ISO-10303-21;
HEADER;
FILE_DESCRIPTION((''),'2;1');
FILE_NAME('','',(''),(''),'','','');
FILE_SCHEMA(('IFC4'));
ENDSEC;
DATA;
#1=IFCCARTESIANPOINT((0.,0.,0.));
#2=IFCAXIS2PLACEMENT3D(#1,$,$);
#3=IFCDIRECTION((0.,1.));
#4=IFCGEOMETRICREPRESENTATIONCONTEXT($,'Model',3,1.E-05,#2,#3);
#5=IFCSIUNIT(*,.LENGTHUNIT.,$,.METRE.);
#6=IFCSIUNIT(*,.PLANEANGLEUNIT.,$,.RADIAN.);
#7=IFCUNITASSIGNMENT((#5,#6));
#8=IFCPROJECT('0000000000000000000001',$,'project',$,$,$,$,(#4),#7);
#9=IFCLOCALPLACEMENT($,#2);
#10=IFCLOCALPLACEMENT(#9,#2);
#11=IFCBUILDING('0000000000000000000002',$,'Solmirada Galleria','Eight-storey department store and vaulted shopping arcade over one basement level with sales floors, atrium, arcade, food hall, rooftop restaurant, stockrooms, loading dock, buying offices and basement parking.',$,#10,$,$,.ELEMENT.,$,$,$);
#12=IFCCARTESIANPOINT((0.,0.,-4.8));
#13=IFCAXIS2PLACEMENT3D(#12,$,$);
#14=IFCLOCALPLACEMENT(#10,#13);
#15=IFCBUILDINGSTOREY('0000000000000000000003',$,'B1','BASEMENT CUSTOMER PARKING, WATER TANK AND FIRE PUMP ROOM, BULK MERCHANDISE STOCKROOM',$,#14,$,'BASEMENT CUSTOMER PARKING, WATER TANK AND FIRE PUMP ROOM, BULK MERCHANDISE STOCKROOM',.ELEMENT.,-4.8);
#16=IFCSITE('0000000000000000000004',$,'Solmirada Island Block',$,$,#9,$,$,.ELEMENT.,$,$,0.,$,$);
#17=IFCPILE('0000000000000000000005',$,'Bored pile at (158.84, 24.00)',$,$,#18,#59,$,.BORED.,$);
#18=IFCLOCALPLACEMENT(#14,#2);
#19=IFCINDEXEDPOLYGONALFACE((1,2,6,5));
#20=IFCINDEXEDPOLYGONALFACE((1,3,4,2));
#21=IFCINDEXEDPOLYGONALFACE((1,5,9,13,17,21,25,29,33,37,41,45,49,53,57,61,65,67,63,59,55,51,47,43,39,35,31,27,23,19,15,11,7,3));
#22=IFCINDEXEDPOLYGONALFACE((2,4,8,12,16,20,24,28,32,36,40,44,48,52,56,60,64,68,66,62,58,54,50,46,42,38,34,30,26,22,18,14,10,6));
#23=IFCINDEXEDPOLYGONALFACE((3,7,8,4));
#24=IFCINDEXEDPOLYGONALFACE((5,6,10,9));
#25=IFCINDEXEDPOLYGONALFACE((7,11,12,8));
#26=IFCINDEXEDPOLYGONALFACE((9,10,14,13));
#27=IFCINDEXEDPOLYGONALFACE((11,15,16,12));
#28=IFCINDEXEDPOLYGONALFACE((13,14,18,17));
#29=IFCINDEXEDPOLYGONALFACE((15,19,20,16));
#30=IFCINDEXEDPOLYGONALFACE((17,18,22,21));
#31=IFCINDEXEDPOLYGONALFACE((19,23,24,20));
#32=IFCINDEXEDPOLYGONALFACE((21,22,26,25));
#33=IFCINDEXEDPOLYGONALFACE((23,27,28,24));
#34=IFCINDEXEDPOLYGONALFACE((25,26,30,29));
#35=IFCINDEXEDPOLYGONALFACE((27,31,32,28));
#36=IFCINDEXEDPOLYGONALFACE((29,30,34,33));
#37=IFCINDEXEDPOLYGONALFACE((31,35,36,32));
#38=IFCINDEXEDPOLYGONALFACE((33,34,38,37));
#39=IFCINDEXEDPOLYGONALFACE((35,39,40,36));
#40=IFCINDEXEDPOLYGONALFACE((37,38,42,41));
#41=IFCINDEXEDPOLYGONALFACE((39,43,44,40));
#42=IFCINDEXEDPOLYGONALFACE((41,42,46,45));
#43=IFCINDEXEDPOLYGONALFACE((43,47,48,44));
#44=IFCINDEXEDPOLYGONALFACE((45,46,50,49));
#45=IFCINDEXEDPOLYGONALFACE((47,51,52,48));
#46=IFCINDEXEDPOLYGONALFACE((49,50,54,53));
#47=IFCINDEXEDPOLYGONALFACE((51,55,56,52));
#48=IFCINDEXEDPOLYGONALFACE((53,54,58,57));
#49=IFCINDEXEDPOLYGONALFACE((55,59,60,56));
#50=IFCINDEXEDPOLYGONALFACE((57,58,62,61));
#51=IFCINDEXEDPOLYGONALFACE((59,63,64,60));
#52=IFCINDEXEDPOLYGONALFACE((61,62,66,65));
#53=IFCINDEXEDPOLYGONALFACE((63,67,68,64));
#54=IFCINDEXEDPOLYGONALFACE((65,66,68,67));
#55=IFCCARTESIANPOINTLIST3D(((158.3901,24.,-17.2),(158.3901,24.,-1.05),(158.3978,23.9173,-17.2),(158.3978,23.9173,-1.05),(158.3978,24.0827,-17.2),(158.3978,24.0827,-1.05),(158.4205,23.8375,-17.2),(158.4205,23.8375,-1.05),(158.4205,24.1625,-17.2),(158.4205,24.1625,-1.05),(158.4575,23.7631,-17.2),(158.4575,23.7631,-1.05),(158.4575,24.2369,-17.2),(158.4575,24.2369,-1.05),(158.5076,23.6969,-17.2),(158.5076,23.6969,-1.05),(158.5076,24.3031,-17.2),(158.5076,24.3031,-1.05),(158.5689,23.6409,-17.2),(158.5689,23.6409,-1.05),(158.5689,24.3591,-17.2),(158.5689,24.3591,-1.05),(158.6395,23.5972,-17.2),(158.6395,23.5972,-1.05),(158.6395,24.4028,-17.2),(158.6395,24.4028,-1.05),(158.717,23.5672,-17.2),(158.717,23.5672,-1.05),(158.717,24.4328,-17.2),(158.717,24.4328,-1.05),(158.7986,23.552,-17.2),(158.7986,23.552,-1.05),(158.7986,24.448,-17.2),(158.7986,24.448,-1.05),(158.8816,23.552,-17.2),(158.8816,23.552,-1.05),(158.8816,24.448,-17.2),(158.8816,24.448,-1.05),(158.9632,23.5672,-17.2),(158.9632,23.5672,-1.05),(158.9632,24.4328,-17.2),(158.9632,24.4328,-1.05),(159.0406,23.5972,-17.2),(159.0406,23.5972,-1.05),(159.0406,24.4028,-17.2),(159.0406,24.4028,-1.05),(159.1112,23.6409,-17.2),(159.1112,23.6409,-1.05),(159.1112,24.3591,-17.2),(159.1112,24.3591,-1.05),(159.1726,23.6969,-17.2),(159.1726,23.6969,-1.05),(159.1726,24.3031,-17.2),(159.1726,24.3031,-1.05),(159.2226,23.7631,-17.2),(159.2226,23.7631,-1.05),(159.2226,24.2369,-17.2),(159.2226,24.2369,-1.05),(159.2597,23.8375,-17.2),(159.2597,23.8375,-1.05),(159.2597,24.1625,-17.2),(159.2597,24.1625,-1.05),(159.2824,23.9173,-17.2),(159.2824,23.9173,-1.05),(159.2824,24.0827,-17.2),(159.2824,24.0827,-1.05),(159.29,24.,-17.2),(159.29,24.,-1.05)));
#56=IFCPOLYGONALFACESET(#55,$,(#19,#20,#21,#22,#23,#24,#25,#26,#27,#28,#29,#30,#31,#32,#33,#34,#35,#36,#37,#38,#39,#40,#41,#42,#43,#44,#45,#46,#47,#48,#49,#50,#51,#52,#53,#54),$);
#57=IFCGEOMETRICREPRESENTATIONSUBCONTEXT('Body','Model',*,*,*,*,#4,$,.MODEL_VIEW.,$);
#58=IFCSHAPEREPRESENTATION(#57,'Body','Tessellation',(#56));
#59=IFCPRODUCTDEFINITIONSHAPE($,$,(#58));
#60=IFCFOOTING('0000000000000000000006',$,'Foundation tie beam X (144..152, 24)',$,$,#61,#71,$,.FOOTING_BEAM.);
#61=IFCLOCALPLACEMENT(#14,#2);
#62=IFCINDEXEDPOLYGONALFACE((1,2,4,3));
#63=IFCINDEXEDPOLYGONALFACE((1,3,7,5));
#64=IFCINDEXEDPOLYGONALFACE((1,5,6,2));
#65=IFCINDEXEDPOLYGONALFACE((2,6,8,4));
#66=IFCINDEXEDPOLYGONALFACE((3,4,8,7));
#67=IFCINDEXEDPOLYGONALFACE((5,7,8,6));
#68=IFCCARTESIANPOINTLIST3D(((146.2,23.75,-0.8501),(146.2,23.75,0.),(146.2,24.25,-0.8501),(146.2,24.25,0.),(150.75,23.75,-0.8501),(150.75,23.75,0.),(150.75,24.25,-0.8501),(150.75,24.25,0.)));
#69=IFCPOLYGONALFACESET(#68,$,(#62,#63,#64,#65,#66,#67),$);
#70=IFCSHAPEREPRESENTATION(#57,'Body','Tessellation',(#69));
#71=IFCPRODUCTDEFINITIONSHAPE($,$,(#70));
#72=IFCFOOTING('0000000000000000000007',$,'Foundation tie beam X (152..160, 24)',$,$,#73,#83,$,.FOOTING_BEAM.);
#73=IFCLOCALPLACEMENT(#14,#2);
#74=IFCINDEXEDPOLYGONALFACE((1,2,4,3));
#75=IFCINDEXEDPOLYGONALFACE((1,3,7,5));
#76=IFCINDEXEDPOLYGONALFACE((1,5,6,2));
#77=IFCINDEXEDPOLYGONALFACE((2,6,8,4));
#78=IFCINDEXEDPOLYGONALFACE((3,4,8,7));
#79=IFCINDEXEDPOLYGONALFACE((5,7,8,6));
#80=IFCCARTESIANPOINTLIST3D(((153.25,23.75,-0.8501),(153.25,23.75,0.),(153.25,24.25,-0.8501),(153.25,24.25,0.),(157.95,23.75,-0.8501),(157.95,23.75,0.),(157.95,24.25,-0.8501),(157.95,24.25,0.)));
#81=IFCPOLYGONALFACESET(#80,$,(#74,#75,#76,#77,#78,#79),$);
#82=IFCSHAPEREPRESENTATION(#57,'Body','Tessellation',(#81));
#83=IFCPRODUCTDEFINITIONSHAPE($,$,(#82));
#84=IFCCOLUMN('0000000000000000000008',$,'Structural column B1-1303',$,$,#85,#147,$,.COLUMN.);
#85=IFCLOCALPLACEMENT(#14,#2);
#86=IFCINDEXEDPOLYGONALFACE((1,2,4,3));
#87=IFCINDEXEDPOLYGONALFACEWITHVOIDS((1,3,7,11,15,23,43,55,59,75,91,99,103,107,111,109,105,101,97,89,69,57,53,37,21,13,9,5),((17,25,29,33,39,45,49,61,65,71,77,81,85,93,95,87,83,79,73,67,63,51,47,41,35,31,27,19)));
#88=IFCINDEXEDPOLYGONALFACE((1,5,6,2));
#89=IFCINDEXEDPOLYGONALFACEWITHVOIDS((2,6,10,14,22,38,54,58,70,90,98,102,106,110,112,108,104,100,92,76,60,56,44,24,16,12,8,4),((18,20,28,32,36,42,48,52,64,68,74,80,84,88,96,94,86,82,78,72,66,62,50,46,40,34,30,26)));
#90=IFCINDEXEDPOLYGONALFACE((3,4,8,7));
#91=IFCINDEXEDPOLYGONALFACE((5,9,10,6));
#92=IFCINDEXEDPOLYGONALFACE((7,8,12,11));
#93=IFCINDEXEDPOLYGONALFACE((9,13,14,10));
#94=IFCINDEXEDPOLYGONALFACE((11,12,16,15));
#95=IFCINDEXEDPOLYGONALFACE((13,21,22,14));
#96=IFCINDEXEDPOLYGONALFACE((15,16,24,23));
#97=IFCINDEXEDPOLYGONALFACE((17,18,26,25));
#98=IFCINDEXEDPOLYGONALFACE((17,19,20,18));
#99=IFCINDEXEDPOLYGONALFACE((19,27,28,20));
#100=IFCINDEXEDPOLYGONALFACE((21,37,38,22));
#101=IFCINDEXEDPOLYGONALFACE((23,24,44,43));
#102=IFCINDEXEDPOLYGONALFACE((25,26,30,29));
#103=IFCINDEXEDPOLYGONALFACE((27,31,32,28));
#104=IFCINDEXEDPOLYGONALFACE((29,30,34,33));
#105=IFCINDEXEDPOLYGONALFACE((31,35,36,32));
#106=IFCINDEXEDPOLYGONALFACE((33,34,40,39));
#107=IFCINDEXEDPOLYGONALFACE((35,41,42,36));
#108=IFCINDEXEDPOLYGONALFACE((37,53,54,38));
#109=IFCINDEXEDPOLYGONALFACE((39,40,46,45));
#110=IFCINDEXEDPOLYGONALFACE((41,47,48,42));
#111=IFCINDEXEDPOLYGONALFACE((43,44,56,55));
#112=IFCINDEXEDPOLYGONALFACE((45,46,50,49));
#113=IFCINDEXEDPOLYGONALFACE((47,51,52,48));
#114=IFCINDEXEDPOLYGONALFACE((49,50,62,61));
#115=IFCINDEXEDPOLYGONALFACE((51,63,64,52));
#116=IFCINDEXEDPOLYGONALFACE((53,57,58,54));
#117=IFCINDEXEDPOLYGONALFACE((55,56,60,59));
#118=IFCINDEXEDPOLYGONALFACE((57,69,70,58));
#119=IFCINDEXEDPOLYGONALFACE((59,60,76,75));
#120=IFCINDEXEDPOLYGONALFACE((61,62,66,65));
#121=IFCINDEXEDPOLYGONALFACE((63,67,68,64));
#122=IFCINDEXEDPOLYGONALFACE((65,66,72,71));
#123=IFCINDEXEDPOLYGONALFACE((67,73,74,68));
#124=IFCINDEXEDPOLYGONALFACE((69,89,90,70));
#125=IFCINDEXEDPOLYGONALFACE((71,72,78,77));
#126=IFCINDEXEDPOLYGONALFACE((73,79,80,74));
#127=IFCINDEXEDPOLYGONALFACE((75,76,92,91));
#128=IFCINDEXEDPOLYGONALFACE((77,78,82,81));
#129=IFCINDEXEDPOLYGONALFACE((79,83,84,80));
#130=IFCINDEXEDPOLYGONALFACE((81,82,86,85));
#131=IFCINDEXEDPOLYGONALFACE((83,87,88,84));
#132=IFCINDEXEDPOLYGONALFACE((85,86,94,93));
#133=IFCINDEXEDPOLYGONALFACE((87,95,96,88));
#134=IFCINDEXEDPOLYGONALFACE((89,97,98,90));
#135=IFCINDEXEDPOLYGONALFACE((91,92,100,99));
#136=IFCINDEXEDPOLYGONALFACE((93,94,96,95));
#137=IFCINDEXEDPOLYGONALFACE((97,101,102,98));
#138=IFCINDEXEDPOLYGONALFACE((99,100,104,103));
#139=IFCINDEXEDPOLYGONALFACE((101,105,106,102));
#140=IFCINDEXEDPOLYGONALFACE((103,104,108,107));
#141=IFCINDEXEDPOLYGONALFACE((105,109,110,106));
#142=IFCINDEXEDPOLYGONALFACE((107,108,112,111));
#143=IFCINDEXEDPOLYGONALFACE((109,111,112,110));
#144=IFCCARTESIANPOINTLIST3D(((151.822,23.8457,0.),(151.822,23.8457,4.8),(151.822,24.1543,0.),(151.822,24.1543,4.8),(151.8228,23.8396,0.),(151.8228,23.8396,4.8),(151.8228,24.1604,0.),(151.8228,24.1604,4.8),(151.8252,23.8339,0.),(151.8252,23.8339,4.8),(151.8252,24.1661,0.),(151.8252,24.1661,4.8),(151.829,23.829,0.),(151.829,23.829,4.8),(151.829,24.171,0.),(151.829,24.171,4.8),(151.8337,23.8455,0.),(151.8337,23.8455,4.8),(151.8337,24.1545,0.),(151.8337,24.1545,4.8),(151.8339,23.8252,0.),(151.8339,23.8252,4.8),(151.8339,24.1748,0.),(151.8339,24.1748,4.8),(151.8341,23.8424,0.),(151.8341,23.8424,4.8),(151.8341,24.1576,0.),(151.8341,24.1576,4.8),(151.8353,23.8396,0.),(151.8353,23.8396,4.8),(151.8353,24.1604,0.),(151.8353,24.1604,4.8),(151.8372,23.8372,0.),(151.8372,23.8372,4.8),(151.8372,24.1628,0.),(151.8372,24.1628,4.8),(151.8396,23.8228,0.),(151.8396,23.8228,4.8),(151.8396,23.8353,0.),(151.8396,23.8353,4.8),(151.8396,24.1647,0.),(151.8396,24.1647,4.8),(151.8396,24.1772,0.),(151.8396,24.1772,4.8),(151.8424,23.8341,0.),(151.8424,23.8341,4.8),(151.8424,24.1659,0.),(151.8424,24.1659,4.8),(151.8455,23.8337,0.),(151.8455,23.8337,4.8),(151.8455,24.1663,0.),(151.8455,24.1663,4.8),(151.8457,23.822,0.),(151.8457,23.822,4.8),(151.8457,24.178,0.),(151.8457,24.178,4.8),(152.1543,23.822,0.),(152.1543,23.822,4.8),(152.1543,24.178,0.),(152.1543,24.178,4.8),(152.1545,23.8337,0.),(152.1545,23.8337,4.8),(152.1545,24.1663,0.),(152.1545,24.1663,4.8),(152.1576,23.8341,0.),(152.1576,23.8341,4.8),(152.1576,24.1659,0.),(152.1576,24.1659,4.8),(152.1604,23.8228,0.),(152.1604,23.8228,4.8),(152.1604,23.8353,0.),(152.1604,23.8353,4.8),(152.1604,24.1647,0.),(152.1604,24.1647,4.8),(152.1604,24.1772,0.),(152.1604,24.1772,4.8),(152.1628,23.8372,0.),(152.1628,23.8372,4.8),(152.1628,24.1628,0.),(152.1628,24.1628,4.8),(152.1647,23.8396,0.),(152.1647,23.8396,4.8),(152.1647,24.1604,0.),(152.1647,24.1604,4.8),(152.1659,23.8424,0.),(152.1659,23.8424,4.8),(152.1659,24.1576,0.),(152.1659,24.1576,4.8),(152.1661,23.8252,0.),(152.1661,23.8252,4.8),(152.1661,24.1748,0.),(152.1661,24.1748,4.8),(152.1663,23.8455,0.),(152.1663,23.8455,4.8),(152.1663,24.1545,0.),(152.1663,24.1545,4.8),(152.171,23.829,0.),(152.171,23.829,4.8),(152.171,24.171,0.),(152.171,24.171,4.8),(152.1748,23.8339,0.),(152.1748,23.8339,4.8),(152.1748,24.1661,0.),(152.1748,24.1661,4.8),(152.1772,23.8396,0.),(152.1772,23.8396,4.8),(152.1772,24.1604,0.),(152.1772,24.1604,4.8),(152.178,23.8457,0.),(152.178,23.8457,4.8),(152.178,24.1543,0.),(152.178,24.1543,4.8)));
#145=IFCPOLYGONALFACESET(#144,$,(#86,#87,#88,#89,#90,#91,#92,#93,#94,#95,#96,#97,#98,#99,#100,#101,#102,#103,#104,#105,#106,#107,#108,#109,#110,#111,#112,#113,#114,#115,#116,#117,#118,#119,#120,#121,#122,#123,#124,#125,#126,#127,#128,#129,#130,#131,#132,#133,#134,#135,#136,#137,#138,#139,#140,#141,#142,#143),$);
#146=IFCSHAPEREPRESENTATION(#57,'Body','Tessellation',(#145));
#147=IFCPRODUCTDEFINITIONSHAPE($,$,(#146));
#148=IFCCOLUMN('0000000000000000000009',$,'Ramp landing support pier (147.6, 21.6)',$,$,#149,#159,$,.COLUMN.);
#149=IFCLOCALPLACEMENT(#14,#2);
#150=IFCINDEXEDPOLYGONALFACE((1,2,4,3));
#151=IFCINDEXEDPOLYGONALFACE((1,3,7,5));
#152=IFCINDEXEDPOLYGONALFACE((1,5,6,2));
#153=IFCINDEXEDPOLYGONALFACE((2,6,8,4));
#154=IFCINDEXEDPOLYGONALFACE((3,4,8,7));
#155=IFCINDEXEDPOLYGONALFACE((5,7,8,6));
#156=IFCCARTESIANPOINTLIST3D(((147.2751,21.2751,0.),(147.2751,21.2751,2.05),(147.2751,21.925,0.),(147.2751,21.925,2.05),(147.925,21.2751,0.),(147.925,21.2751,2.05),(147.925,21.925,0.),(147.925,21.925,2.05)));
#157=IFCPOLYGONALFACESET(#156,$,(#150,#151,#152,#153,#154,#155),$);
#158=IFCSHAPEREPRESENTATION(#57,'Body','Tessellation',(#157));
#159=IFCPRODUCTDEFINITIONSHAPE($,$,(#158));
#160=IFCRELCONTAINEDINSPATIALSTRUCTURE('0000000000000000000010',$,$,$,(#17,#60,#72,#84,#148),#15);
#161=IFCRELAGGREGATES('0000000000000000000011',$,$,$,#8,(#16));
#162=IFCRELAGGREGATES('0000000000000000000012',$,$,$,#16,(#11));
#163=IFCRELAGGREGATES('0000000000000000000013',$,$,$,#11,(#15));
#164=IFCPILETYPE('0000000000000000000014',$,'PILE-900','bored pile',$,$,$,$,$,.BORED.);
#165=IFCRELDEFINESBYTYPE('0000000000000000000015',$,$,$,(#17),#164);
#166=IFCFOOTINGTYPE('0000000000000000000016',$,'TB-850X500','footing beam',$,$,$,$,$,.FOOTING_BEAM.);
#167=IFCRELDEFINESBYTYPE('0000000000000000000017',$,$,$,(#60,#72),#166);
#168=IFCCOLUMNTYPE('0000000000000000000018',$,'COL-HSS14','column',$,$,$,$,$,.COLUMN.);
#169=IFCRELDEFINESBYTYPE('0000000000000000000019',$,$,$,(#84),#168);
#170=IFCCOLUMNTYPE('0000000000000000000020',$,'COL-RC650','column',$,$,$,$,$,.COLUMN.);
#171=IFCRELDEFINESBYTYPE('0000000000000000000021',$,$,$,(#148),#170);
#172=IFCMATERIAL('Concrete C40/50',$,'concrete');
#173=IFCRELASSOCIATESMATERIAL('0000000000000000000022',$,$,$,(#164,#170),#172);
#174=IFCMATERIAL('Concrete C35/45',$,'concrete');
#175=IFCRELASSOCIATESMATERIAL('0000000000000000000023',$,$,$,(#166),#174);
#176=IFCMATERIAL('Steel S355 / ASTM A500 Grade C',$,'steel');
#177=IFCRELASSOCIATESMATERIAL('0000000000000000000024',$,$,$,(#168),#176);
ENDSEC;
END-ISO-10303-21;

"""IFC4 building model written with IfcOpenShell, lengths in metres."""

from ifc_helpers import new_model, si_unit, direction, frame, origin, origin_2d, place, context, subcontext, project, spatial, rectangle, hollow_rectangle, circle, extrude, material, material_profile, profile_set, type_object, element, save


model = new_model("IFC4")

# Units and contexts
model_context = context("Model", 3, precision=1e-05, world=origin(), true_north=direction((0.0, 1.0)))
body_context = subcontext(model_context, "Body", "Model", "MODEL_VIEW")
ifc_project = project(units=[si_unit("LENGTHUNIT", "METRE"), si_unit("PLANEANGLEUNIT", "RADIAN")], contexts=[model_context])

# Site, building, storey
site_placement = place(None, origin())
site = spatial("IfcSite", under=ifc_project, at=site_placement, Name="Solmirada Island Block", CompositionType="ELEMENT", RefElevation=0.0)
building_placement = place(site_placement, origin())
building = spatial("IfcBuilding", under=site, at=building_placement, Name="Solmirada Galleria", Description="Eight-storey department store and vaulted shopping arcade over one basement level with sales floors, atrium, arcade, food hall, rooftop restaurant, stockrooms, loading dock, buying offices and basement parking.", CompositionType="ELEMENT")
storey_placement = place(building_placement, frame((0.0, 0.0, -4.8)))
storey = spatial("IfcBuildingStorey", under=building, at=storey_placement, Name="B1", Description="BASEMENT CUSTOMER PARKING, WATER TANK AND FIRE PUMP ROOM, BULK MERCHANDISE STOCKROOM", LongName="BASEMENT CUSTOMER PARKING, WATER TANK AND FIRE PUMP ROOM, BULK MERCHANDISE STOCKROOM", CompositionType="ELEMENT", Elevation=-4.8)

# Shared definitions
ifc_material_1 = material(Name="Concrete C35/45", Category="concrete")

# Pile
ifc_material_2 = material(Name="Concrete C40/50", Category="concrete")
ifc_material_profile_1 = material_profile(ifc_material_2, circle(Radius=0.45, at=origin_2d()), Name="PILE900")
ifc_profile_set_1 = profile_set([ifc_material_profile_1], Name="Concrete C40/50")
pile_type = type_object("IfcPileType", Name="PILE-900", Description="bored pile", PredefinedType="BORED", material=ifc_profile_set_1)
pile_1_placement = place(storey_placement, frame((158.8401, 24.0, -1.05), z_axis=(0.0, 0.0, -1.0), x_axis=(1.0, 0.0, 0.0)))
element("IfcPile", 1, at=pile_1_placement, inside=storey, type_object=pile_type, Name="Bored pile at (158.84, 24.00)", PredefinedType="BORED", context=body_context, shape_type="SweptSolid", body=[
    extrude(circle(Radius=0.45, at=origin_2d()), origin(), (0.0, 0.0, 1.0), 16.1499),
])

# Footings
ifc_material_profile_2 = material_profile(ifc_material_1, rectangle(XDim=0.5, YDim=0.8501, at=origin_2d()), Name="RC850X500")
ifc_profile_set_2 = profile_set([ifc_material_profile_2], Name="Concrete C35/45")
footing_type_1 = type_object("IfcFootingType", Name="TB-850X500", Description="footing beam", PredefinedType="FOOTING_BEAM", material=ifc_profile_set_2)
footing_1_placement = place(storey_placement, frame((146.2, 24.0, -0.425), z_axis=(1.0, 0.0, 0.0), x_axis=(0.0, 1.0, 0.0)))
element("IfcFooting", 2, at=footing_1_placement, inside=storey, type_object=footing_type_1, Name="Foundation tie beam X (144..152, 24)", PredefinedType="FOOTING_BEAM", context=body_context, shape_type="SweptSolid", body=[
    extrude(rectangle(XDim=0.5, YDim=0.8501, at=origin_2d()), origin(), (0.0, 0.0, 1.0), 4.55),
])
footing_2_placement = place(storey_placement, frame((153.25, 24.0, -0.425), z_axis=(1.0, 0.0, 0.0), x_axis=(0.0, 1.0, 0.0)))
element("IfcFooting", 3, at=footing_2_placement, inside=storey, type_object=footing_type_1, Name="Foundation tie beam X (152..160, 24)", PredefinedType="FOOTING_BEAM", context=body_context, shape_type="SweptSolid", body=[
    extrude(rectangle(XDim=0.5, YDim=0.8501, at=origin_2d()), origin(), (0.0, 0.0, 1.0), 4.7),
])

# Columns
ifc_material_3 = material(Name="Steel S355 / ASTM A500 Grade C", Category="steel")
ifc_material_profile_3 = material_profile(ifc_material_3, hollow_rectangle(XDim=0.356, YDim=0.356, WallThickness=0.0117, InnerFilletRadius=0.0117, OuterFilletRadius=0.0237, at=origin_2d()), Name="HSS14X14X1/2")
ifc_profile_set_3 = profile_set([ifc_material_profile_3], Name="Steel S355 / ASTM A500 Grade C")
column_type_1 = type_object("IfcColumnType", Name="COL-HSS14", Description="column", PredefinedType="COLUMN", material=ifc_profile_set_3)
column_1_placement = place(storey_placement, frame((152.0, 24.0, 0.0), z_axis=(0.0, 0.0, 1.0), x_axis=(1.0, 0.0, 0.0)))
element("IfcColumn", 4, at=column_1_placement, inside=storey, type_object=column_type_1, Name="Structural column B1-1303", PredefinedType="COLUMN", context=body_context, shape_type="SweptSolid", body=[
    extrude(hollow_rectangle(XDim=0.356, YDim=0.356, WallThickness=0.0117, InnerFilletRadius=0.0117, OuterFilletRadius=0.0237, at=origin_2d()), origin(), (0.0, 0.0, 1.0), 4.8),
])
ifc_material_profile_4 = material_profile(ifc_material_2, rectangle(XDim=0.6499, YDim=0.6499, at=origin_2d()), Name="RC650X650")
ifc_profile_set_4 = profile_set([ifc_material_profile_4], Name="Concrete C40/50")
column_type_2 = type_object("IfcColumnType", Name="COL-RC650", Description="column", PredefinedType="COLUMN", material=ifc_profile_set_4)
column_2_placement = place(storey_placement, frame((147.6001, 21.6001, 0.0), z_axis=(0.0, 0.0, 1.0), x_axis=(1.0, 0.0, 0.0)))
element("IfcColumn", 5, at=column_2_placement, inside=storey, type_object=column_type_2, Name="Ramp landing support pier (147.6, 21.6)", PredefinedType="COLUMN", context=body_context, shape_type="SweptSolid", body=[
    extrude(rectangle(XDim=0.6499, YDim=0.6499, at=origin_2d()), origin(), (0.0, 0.0, 1.0), 2.05),
])

save(model, "model.ifc")
